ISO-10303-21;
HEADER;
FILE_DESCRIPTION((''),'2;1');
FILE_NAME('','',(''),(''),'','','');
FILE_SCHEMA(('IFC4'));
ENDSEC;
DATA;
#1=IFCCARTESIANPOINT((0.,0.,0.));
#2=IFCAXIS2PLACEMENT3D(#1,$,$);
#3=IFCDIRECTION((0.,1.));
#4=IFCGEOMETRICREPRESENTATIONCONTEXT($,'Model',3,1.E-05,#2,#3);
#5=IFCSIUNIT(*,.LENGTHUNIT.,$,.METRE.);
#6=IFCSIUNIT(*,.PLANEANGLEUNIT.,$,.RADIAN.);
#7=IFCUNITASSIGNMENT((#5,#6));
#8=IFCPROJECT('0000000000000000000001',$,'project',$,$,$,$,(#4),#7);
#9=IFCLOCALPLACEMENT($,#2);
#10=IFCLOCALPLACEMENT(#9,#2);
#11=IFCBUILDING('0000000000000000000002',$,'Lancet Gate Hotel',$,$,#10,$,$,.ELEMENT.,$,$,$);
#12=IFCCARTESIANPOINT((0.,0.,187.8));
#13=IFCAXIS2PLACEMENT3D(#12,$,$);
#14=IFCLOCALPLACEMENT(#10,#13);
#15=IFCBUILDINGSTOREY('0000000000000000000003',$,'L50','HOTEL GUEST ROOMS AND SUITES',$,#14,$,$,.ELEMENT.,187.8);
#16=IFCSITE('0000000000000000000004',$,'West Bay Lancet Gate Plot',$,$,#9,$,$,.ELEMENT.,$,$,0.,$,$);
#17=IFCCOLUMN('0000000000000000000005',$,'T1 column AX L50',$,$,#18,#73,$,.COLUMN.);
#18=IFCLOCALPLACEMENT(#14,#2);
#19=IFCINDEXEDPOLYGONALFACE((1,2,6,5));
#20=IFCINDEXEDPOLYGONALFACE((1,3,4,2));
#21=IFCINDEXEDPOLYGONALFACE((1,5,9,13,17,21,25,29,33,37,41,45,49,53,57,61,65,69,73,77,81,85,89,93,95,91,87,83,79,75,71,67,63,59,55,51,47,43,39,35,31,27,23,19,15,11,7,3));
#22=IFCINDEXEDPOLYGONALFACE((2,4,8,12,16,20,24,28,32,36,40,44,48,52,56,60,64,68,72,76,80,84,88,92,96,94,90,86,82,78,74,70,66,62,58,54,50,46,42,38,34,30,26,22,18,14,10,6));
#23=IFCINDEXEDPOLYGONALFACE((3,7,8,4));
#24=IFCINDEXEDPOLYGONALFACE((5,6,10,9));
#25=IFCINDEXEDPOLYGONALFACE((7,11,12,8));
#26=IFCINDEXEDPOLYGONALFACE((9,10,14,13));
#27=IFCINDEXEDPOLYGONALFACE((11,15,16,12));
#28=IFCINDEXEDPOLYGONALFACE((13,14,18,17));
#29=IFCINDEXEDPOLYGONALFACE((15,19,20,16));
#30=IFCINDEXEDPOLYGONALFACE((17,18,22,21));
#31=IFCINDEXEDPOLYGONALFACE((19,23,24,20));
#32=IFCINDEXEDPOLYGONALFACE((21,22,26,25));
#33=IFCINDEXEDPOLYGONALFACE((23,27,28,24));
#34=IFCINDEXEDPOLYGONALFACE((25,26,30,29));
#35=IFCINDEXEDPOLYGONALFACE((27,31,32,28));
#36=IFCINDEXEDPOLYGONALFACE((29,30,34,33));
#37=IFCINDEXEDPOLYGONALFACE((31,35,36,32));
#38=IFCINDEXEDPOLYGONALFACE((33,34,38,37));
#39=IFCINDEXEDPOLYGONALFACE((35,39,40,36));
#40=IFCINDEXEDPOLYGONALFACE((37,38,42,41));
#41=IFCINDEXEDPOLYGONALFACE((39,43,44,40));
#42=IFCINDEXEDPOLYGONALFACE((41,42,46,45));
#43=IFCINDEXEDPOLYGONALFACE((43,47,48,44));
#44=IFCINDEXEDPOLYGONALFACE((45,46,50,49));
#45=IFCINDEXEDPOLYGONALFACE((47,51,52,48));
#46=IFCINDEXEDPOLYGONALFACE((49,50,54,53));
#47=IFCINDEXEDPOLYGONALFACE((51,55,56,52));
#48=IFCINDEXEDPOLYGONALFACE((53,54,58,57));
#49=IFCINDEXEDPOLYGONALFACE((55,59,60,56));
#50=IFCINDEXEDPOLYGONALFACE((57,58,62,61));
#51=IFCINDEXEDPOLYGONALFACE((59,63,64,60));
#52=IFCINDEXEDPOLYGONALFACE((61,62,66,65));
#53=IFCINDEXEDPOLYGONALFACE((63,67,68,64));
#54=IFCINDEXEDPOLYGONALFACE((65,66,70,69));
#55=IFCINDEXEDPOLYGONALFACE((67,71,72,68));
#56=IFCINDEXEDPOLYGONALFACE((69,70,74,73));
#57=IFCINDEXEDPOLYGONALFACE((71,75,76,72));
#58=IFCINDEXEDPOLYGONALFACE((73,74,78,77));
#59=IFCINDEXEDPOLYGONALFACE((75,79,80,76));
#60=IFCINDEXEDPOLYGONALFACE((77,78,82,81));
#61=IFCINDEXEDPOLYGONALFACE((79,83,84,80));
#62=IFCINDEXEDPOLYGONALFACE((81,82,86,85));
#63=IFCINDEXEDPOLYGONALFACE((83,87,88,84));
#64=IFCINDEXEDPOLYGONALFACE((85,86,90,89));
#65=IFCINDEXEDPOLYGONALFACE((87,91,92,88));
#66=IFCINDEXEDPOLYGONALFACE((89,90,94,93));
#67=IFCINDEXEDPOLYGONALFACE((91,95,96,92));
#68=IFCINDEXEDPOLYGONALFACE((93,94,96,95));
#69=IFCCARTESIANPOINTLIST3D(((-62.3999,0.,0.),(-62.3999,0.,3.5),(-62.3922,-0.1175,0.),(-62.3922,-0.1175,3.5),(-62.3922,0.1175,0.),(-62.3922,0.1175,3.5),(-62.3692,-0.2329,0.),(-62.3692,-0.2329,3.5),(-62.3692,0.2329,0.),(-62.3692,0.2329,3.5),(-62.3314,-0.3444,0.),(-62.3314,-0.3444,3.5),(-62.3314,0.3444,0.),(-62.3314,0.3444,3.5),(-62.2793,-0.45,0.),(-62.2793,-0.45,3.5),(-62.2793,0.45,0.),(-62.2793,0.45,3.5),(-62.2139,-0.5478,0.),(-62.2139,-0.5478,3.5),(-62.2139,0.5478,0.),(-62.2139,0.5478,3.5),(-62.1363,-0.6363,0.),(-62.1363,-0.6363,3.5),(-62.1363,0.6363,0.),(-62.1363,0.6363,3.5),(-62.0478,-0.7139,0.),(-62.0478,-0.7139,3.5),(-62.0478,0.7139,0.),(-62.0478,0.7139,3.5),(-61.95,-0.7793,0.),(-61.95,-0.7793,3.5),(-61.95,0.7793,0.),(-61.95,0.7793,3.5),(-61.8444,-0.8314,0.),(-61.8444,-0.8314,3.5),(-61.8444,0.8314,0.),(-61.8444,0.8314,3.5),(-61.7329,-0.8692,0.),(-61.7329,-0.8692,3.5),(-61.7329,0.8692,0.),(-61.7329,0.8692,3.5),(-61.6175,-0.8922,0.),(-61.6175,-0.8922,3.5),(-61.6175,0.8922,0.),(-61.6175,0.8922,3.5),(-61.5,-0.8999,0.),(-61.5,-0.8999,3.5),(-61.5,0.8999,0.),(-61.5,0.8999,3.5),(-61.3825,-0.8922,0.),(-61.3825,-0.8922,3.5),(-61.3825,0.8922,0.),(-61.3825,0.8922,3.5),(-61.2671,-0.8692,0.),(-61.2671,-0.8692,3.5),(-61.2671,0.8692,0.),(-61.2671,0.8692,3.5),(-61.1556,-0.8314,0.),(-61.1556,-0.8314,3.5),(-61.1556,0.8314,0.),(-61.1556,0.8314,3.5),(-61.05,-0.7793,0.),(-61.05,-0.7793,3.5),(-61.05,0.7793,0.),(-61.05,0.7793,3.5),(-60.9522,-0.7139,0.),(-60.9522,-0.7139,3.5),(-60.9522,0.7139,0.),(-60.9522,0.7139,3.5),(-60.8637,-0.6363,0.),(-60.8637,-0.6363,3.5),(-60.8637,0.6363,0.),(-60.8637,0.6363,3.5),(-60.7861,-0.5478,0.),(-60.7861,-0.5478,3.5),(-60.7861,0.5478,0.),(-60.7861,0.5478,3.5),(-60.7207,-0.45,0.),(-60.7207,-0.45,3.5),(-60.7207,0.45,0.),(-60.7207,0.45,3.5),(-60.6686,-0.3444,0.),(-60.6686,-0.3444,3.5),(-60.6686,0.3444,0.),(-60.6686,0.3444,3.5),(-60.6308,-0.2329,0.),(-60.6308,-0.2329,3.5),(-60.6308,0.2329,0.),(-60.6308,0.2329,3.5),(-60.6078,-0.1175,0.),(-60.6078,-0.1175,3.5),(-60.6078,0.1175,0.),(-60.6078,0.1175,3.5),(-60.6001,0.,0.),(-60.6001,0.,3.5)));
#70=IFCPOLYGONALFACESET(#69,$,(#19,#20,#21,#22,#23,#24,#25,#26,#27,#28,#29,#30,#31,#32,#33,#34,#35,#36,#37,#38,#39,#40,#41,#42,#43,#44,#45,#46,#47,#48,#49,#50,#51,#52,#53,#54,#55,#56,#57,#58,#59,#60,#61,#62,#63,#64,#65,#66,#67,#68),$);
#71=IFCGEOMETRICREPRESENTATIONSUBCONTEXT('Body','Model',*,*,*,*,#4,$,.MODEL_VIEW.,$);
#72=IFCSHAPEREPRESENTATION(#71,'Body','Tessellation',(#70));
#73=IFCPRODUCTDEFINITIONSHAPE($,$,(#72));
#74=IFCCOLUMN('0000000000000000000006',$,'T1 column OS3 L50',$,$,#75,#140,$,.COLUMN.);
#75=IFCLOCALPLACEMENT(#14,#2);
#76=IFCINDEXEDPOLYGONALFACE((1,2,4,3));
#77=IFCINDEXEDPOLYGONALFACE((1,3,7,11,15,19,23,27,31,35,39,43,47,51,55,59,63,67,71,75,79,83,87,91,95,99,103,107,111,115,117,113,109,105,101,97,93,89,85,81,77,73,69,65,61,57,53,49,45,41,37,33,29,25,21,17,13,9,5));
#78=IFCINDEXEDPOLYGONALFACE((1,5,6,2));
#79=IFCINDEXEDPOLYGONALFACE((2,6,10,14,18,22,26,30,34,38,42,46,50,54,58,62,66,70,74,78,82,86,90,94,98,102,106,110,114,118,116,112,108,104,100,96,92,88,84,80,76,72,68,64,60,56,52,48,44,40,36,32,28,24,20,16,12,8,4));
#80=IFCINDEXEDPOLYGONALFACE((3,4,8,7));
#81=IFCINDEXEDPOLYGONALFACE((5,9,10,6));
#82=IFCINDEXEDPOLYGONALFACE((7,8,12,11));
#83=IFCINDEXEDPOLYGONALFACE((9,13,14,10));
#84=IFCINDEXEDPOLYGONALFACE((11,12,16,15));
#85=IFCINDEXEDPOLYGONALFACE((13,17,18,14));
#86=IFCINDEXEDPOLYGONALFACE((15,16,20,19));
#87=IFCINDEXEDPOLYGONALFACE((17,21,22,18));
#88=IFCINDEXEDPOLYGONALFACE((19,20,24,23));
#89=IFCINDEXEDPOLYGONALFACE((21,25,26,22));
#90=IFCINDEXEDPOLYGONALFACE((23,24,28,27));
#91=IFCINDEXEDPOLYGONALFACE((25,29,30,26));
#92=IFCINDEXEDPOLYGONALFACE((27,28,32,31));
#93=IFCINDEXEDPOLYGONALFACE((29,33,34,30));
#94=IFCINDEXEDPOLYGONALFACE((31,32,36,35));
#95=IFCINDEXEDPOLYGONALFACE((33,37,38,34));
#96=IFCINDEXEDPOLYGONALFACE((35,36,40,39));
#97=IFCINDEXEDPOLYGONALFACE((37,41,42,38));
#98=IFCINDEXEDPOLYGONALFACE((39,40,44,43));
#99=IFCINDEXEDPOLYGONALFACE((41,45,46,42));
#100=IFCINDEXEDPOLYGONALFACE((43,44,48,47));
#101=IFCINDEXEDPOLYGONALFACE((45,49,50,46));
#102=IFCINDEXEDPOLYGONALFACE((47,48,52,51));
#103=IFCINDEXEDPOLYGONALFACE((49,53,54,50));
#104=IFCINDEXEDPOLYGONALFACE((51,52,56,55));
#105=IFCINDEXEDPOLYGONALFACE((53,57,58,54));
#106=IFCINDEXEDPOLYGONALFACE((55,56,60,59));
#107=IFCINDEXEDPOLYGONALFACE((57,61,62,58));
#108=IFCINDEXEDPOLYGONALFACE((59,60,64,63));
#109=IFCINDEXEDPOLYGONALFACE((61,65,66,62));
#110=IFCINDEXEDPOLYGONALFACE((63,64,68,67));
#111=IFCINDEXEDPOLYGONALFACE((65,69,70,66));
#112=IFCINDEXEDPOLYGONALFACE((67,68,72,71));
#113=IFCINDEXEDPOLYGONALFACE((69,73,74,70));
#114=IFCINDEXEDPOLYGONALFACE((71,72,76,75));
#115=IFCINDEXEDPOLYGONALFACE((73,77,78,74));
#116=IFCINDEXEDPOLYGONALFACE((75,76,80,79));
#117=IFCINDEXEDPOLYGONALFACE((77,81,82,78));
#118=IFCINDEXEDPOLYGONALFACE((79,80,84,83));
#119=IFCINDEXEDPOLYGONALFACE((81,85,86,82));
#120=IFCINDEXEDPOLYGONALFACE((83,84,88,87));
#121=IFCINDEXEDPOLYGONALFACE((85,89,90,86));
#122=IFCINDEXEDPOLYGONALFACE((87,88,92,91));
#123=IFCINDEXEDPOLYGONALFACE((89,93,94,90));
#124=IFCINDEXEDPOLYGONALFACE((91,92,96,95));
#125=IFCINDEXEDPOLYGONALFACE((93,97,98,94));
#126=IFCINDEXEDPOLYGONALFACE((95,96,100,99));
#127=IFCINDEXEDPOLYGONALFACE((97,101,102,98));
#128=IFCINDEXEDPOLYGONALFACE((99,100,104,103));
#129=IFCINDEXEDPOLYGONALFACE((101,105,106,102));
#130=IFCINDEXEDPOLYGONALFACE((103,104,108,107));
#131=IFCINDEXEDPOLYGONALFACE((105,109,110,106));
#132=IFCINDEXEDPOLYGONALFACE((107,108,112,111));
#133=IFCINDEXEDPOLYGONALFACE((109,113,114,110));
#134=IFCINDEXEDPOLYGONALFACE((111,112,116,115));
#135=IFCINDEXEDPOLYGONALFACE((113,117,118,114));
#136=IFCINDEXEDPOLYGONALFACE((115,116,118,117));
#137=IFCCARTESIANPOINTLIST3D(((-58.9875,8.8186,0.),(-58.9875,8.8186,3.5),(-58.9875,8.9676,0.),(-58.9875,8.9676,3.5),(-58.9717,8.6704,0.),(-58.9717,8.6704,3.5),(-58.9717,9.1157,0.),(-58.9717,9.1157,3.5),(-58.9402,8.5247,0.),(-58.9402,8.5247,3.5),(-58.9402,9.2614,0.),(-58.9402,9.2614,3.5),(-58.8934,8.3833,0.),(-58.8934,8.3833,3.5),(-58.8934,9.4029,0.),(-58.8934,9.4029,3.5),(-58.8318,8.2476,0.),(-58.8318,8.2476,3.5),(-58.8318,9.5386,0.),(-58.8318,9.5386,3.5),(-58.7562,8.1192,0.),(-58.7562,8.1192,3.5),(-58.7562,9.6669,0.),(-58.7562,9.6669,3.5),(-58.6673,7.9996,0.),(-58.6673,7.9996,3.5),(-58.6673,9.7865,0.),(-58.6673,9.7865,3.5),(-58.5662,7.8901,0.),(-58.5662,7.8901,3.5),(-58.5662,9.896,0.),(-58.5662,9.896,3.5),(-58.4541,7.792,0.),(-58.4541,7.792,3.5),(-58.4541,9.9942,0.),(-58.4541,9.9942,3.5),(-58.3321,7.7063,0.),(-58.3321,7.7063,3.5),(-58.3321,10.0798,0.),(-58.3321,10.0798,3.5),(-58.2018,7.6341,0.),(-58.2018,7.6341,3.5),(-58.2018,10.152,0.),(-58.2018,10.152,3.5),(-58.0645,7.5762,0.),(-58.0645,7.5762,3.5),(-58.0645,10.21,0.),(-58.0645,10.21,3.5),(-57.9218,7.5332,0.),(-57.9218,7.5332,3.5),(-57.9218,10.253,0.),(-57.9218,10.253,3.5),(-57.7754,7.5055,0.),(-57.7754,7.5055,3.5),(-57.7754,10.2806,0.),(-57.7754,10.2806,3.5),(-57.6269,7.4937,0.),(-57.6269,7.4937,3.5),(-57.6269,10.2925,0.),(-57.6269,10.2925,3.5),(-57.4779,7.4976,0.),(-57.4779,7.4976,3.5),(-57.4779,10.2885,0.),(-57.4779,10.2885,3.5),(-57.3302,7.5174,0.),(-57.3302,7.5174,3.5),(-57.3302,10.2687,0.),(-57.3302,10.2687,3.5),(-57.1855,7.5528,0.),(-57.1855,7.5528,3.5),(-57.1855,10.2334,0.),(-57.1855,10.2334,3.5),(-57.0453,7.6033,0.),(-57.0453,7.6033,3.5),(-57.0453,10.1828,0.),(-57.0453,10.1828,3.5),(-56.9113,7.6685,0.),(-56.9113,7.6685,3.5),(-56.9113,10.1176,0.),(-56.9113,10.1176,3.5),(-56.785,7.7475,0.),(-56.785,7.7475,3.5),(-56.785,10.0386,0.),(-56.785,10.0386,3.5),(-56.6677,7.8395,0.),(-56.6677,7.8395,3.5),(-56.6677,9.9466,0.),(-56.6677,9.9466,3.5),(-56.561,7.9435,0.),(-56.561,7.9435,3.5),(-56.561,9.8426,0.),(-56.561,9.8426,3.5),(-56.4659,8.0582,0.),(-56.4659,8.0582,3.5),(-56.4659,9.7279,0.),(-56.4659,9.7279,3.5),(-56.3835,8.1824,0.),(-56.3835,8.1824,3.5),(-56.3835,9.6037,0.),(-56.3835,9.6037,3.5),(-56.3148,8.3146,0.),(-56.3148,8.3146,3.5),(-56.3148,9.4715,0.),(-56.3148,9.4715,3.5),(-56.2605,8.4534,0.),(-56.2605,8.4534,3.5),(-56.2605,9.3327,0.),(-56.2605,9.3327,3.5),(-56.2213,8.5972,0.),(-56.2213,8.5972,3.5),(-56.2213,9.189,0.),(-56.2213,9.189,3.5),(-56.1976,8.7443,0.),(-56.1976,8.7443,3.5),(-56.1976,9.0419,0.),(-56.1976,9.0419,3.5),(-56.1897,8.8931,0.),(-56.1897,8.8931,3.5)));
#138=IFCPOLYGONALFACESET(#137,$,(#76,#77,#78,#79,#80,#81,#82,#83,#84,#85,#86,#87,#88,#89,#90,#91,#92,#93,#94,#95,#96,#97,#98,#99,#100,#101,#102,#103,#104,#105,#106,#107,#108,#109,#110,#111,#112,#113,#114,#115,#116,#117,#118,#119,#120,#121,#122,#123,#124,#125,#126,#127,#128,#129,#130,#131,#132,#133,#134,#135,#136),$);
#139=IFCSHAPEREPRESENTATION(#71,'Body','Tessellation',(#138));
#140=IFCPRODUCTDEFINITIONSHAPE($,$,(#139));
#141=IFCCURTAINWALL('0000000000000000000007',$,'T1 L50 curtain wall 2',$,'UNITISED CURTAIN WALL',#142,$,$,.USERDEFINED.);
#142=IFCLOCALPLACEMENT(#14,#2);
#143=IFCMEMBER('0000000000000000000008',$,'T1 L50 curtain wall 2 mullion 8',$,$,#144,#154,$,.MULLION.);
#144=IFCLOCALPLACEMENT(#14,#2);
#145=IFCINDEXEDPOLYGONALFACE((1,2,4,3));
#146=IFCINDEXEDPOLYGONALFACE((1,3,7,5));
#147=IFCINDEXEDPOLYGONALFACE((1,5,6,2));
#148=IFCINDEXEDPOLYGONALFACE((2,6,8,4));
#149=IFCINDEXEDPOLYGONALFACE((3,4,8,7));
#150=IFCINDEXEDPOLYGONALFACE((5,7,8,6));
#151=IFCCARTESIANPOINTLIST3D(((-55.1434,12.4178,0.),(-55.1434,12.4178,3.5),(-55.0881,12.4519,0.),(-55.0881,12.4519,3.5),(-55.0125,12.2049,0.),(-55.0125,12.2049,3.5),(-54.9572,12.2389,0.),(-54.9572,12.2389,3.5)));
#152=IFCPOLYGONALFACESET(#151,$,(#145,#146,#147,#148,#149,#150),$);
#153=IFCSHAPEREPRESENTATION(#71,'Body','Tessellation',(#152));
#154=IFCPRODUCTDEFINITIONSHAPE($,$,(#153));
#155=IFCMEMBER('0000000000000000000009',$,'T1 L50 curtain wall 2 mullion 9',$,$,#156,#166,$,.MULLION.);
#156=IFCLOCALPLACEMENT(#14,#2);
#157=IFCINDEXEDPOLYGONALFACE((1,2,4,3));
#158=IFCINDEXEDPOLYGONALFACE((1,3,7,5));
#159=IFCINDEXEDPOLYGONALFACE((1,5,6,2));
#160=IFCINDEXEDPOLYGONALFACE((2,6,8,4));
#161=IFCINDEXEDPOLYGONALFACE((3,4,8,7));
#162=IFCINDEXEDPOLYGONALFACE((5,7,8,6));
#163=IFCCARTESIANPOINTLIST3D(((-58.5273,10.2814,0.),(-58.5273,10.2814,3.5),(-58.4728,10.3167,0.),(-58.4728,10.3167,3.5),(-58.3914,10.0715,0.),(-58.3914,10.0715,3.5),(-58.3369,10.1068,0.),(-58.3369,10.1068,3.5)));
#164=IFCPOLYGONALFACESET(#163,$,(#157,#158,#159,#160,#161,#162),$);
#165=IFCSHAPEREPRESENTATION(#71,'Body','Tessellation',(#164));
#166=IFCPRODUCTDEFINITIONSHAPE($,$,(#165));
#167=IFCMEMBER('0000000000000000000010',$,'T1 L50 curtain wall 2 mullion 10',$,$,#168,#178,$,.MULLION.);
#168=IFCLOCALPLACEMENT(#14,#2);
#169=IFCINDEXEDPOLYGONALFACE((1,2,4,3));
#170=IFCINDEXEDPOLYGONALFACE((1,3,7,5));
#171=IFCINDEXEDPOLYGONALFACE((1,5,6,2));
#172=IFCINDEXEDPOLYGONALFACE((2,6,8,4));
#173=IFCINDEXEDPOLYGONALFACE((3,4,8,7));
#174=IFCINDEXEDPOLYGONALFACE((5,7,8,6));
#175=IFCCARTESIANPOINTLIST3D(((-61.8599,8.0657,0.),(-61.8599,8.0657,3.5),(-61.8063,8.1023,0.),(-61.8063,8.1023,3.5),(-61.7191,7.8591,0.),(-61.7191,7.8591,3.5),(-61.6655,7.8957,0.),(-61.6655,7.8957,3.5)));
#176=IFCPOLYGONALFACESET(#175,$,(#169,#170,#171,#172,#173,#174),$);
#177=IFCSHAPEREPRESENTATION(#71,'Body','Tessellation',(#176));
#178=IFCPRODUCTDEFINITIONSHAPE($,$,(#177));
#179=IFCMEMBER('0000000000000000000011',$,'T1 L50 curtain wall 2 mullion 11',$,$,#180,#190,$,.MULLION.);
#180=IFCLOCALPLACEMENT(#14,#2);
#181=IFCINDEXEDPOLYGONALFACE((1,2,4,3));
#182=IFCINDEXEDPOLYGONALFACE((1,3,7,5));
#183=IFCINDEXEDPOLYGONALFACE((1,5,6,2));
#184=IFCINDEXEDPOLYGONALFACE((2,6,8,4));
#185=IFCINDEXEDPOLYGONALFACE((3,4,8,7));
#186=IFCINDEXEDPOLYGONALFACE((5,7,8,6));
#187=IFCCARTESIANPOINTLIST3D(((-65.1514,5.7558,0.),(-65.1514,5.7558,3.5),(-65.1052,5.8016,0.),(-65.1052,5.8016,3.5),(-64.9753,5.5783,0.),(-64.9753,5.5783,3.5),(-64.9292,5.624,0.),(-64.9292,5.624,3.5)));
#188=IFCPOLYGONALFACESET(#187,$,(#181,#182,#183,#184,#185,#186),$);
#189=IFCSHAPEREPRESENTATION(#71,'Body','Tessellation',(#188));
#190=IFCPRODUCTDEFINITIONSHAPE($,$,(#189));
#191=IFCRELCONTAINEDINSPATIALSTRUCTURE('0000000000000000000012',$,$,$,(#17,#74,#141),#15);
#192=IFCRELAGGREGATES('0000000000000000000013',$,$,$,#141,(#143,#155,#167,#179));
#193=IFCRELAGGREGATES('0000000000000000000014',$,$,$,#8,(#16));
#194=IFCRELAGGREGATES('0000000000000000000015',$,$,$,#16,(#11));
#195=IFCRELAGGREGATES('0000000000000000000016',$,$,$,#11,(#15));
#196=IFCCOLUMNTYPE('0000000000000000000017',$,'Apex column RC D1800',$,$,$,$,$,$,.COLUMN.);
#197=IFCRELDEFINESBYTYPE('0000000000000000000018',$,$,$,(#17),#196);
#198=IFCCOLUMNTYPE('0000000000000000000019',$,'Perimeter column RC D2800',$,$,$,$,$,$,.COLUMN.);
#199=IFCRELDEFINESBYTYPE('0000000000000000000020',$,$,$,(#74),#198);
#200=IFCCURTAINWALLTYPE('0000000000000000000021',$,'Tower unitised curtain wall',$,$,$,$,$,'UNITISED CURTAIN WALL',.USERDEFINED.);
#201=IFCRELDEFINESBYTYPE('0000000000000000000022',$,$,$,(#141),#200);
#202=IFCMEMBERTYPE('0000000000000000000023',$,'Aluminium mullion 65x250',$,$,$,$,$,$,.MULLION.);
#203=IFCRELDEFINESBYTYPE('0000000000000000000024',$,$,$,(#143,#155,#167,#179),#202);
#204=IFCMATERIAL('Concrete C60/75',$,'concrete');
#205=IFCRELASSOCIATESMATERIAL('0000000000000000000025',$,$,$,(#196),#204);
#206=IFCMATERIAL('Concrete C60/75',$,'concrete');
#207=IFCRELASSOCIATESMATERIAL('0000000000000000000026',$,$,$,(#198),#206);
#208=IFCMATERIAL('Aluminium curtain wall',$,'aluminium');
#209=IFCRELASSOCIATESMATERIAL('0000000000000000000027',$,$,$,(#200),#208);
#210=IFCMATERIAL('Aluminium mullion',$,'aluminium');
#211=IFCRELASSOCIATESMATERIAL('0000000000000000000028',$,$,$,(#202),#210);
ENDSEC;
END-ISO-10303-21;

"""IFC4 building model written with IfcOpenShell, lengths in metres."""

from ifc_helpers import new_model, si_unit, direction, frame, origin, origin_2d, place, context, subcontext, project, spatial, rectangle, circle, extrude, material, material_profile, profile_set, type_object, element, aggregate, save


model = new_model("IFC4")

# Units and contexts
model_context = context("Model", 3, precision=1e-05, world=origin(), true_north=direction((0.0, 1.0)))
body_context = subcontext(model_context, "Body", "Model", "MODEL_VIEW")
ifc_project = project(units=[si_unit("LENGTHUNIT", "METRE"), si_unit("PLANEANGLEUNIT", "RADIAN")], contexts=[model_context])

# Site, building, storey
site_placement = place(None, origin())
site = spatial("IfcSite", under=ifc_project, at=site_placement, Name="West Bay Lancet Gate Plot", CompositionType="ELEMENT", RefElevation=0.0)
building_placement = place(site_placement, origin())
building = spatial("IfcBuilding", under=site, at=building_placement, Name="Lancet Gate Hotel", CompositionType="ELEMENT")
storey_placement = place(building_placement, frame((0.0, 0.0, 187.8)))
storey = spatial("IfcBuildingStorey", under=building, at=storey_placement, Name="L50", Description="HOTEL GUEST ROOMS AND SUITES", CompositionType="ELEMENT", Elevation=187.8)

# Columns
ifc_material_1 = material(Name="Concrete C60/75", Category="concrete")
ifc_material_profile_1 = material_profile(ifc_material_1, circle(Radius=0.8999, at=origin_2d()), Name="RC D1800")
ifc_profile_set_1 = profile_set([ifc_material_profile_1], Name="Concrete C60/75")
column_type_1 = type_object("IfcColumnType", Name="Apex column RC D1800", PredefinedType="COLUMN", material=ifc_profile_set_1)
column_1_placement = place(storey_placement, frame((-61.5, 0.0, 0.0), z_axis=(0.0, 0.0, 1.0), x_axis=(1.0, 0.0, 0.0)))
element("IfcColumn", 1, at=column_1_placement, inside=storey, type_object=column_type_1, Name="T1 column AX L50", PredefinedType="COLUMN", context=body_context, shape_type="SweptSolid", body=[
    extrude(circle(Radius=0.8999, at=origin_2d()), origin(), (0.0, 0.0, 1.0), 3.5),
])
ifc_material_2 = material(Name="Concrete C60/75", Category="concrete")
ifc_material_profile_2 = material_profile(ifc_material_2, circle(Radius=1.3999, at=origin_2d()), Name="RC D2800")
ifc_profile_set_2 = profile_set([ifc_material_profile_2], Name="Concrete C60/75")
column_type_2 = type_object("IfcColumnType", Name="Perimeter column RC D2800", PredefinedType="COLUMN", material=ifc_profile_set_2)
column_2_placement = place(storey_placement, frame((-57.5896, 8.8931, 0.0), z_axis=(0.0, 0.0, 1.0), x_axis=(1.0, 0.0, 0.0)))
element("IfcColumn", 2, at=column_2_placement, inside=storey, type_object=column_type_2, Name="T1 column OS3 L50", PredefinedType="COLUMN", context=body_context, shape_type="SweptSolid", body=[
    extrude(circle(Radius=1.3999, at=origin_2d()), origin(), (0.0, 0.0, 1.0), 3.5),
])

# Curtain wall, members
ifc_material_3 = material(Name="Aluminium curtain wall", Category="aluminium")
curtain_wall_type = type_object("IfcCurtainWallType", Name="Tower unitised curtain wall", ElementType="UNITISED CURTAIN WALL", PredefinedType="USERDEFINED", material=ifc_material_3)
curtain_wall_placement = place(storey_placement, origin())
curtain_wall = element("IfcCurtainWall", 3, at=curtain_wall_placement, inside=storey, type_object=curtain_wall_type, Name="T1 L50 curtain wall 2", ObjectType="UNITISED CURTAIN WALL", PredefinedType="USERDEFINED")
ifc_material_4 = material(Name="Aluminium mullion", Category="aluminium")
ifc_material_profile_3 = material_profile(ifc_material_4, rectangle(XDim=0.0649, YDim=0.25, at=origin_2d()), Name="MULLION 65x250")
ifc_profile_set_3 = profile_set([ifc_material_profile_3], Name="Aluminium mullion")
member_type_1 = type_object("IfcMemberType", Name="Aluminium mullion 65x250", PredefinedType="MULLION", material=ifc_profile_set_3)
member_1_placement = place(storey_placement, frame((-55.0503, 12.3284, 0.0), z_axis=(0.0, 0.0, 1.0), x_axis=(-0.851886, -0.523728, 0.0)))
member_1 = element("IfcMember", 4, at=member_1_placement, type_object=member_type_1, Name="T1 L50 curtain wall 2 mullion 8", PredefinedType="MULLION", context=body_context, shape_type="SweptSolid", body=[
    extrude(rectangle(XDim=0.0649, YDim=0.25, at=origin_2d()), origin(), (0.0, 0.0, 1.0), 3.5),
])
member_2_placement = place(storey_placement, frame((-58.4321, 10.1941, 0.0), z_axis=(0.0, 0.0, 1.0), x_axis=(-0.839331, -0.543621, 0.0)))
member_2 = element("IfcMember", 5, at=member_2_placement, type_object=member_type_1, Name="T1 L50 curtain wall 2 mullion 9", PredefinedType="MULLION", context=body_context, shape_type="SweptSolid", body=[
    extrude(rectangle(XDim=0.0649, YDim=0.25, at=origin_2d()), origin(), (0.0, 0.0, 1.0), 3.5),
])
member_3_placement = place(storey_placement, frame((-61.7627, 7.9807, 0.0), z_axis=(0.0, 0.0, 1.0), x_axis=(-0.826312, -0.563212, 0.0)))
member_3 = element("IfcMember", 6, at=member_3_placement, type_object=member_type_1, Name="T1 L50 curtain wall 2 mullion 10", PredefinedType="MULLION", context=body_context, shape_type="SweptSolid", body=[
    extrude(rectangle(XDim=0.0649, YDim=0.25, at=origin_2d()), origin(), (0.0, 0.0, 1.0), 3.5),
])
member_4_placement = place(storey_placement, frame((-65.0403, 5.6899, 0.0), z_axis=(0.0, 0.0, 1.0), x_axis=(-0.710113, -0.704088, 0.0)))
member_4 = element("IfcMember", 7, at=member_4_placement, type_object=member_type_1, Name="T1 L50 curtain wall 2 mullion 11", PredefinedType="MULLION", context=body_context, shape_type="SweptSolid", body=[
    extrude(rectangle(XDim=0.0649, YDim=0.25, at=origin_2d()), origin(), (0.0, 0.0, 1.0), 3.5),
])

aggregate(curtain_wall, [member_1, member_2, member_3, member_4])

save(model, "model.ifc")
